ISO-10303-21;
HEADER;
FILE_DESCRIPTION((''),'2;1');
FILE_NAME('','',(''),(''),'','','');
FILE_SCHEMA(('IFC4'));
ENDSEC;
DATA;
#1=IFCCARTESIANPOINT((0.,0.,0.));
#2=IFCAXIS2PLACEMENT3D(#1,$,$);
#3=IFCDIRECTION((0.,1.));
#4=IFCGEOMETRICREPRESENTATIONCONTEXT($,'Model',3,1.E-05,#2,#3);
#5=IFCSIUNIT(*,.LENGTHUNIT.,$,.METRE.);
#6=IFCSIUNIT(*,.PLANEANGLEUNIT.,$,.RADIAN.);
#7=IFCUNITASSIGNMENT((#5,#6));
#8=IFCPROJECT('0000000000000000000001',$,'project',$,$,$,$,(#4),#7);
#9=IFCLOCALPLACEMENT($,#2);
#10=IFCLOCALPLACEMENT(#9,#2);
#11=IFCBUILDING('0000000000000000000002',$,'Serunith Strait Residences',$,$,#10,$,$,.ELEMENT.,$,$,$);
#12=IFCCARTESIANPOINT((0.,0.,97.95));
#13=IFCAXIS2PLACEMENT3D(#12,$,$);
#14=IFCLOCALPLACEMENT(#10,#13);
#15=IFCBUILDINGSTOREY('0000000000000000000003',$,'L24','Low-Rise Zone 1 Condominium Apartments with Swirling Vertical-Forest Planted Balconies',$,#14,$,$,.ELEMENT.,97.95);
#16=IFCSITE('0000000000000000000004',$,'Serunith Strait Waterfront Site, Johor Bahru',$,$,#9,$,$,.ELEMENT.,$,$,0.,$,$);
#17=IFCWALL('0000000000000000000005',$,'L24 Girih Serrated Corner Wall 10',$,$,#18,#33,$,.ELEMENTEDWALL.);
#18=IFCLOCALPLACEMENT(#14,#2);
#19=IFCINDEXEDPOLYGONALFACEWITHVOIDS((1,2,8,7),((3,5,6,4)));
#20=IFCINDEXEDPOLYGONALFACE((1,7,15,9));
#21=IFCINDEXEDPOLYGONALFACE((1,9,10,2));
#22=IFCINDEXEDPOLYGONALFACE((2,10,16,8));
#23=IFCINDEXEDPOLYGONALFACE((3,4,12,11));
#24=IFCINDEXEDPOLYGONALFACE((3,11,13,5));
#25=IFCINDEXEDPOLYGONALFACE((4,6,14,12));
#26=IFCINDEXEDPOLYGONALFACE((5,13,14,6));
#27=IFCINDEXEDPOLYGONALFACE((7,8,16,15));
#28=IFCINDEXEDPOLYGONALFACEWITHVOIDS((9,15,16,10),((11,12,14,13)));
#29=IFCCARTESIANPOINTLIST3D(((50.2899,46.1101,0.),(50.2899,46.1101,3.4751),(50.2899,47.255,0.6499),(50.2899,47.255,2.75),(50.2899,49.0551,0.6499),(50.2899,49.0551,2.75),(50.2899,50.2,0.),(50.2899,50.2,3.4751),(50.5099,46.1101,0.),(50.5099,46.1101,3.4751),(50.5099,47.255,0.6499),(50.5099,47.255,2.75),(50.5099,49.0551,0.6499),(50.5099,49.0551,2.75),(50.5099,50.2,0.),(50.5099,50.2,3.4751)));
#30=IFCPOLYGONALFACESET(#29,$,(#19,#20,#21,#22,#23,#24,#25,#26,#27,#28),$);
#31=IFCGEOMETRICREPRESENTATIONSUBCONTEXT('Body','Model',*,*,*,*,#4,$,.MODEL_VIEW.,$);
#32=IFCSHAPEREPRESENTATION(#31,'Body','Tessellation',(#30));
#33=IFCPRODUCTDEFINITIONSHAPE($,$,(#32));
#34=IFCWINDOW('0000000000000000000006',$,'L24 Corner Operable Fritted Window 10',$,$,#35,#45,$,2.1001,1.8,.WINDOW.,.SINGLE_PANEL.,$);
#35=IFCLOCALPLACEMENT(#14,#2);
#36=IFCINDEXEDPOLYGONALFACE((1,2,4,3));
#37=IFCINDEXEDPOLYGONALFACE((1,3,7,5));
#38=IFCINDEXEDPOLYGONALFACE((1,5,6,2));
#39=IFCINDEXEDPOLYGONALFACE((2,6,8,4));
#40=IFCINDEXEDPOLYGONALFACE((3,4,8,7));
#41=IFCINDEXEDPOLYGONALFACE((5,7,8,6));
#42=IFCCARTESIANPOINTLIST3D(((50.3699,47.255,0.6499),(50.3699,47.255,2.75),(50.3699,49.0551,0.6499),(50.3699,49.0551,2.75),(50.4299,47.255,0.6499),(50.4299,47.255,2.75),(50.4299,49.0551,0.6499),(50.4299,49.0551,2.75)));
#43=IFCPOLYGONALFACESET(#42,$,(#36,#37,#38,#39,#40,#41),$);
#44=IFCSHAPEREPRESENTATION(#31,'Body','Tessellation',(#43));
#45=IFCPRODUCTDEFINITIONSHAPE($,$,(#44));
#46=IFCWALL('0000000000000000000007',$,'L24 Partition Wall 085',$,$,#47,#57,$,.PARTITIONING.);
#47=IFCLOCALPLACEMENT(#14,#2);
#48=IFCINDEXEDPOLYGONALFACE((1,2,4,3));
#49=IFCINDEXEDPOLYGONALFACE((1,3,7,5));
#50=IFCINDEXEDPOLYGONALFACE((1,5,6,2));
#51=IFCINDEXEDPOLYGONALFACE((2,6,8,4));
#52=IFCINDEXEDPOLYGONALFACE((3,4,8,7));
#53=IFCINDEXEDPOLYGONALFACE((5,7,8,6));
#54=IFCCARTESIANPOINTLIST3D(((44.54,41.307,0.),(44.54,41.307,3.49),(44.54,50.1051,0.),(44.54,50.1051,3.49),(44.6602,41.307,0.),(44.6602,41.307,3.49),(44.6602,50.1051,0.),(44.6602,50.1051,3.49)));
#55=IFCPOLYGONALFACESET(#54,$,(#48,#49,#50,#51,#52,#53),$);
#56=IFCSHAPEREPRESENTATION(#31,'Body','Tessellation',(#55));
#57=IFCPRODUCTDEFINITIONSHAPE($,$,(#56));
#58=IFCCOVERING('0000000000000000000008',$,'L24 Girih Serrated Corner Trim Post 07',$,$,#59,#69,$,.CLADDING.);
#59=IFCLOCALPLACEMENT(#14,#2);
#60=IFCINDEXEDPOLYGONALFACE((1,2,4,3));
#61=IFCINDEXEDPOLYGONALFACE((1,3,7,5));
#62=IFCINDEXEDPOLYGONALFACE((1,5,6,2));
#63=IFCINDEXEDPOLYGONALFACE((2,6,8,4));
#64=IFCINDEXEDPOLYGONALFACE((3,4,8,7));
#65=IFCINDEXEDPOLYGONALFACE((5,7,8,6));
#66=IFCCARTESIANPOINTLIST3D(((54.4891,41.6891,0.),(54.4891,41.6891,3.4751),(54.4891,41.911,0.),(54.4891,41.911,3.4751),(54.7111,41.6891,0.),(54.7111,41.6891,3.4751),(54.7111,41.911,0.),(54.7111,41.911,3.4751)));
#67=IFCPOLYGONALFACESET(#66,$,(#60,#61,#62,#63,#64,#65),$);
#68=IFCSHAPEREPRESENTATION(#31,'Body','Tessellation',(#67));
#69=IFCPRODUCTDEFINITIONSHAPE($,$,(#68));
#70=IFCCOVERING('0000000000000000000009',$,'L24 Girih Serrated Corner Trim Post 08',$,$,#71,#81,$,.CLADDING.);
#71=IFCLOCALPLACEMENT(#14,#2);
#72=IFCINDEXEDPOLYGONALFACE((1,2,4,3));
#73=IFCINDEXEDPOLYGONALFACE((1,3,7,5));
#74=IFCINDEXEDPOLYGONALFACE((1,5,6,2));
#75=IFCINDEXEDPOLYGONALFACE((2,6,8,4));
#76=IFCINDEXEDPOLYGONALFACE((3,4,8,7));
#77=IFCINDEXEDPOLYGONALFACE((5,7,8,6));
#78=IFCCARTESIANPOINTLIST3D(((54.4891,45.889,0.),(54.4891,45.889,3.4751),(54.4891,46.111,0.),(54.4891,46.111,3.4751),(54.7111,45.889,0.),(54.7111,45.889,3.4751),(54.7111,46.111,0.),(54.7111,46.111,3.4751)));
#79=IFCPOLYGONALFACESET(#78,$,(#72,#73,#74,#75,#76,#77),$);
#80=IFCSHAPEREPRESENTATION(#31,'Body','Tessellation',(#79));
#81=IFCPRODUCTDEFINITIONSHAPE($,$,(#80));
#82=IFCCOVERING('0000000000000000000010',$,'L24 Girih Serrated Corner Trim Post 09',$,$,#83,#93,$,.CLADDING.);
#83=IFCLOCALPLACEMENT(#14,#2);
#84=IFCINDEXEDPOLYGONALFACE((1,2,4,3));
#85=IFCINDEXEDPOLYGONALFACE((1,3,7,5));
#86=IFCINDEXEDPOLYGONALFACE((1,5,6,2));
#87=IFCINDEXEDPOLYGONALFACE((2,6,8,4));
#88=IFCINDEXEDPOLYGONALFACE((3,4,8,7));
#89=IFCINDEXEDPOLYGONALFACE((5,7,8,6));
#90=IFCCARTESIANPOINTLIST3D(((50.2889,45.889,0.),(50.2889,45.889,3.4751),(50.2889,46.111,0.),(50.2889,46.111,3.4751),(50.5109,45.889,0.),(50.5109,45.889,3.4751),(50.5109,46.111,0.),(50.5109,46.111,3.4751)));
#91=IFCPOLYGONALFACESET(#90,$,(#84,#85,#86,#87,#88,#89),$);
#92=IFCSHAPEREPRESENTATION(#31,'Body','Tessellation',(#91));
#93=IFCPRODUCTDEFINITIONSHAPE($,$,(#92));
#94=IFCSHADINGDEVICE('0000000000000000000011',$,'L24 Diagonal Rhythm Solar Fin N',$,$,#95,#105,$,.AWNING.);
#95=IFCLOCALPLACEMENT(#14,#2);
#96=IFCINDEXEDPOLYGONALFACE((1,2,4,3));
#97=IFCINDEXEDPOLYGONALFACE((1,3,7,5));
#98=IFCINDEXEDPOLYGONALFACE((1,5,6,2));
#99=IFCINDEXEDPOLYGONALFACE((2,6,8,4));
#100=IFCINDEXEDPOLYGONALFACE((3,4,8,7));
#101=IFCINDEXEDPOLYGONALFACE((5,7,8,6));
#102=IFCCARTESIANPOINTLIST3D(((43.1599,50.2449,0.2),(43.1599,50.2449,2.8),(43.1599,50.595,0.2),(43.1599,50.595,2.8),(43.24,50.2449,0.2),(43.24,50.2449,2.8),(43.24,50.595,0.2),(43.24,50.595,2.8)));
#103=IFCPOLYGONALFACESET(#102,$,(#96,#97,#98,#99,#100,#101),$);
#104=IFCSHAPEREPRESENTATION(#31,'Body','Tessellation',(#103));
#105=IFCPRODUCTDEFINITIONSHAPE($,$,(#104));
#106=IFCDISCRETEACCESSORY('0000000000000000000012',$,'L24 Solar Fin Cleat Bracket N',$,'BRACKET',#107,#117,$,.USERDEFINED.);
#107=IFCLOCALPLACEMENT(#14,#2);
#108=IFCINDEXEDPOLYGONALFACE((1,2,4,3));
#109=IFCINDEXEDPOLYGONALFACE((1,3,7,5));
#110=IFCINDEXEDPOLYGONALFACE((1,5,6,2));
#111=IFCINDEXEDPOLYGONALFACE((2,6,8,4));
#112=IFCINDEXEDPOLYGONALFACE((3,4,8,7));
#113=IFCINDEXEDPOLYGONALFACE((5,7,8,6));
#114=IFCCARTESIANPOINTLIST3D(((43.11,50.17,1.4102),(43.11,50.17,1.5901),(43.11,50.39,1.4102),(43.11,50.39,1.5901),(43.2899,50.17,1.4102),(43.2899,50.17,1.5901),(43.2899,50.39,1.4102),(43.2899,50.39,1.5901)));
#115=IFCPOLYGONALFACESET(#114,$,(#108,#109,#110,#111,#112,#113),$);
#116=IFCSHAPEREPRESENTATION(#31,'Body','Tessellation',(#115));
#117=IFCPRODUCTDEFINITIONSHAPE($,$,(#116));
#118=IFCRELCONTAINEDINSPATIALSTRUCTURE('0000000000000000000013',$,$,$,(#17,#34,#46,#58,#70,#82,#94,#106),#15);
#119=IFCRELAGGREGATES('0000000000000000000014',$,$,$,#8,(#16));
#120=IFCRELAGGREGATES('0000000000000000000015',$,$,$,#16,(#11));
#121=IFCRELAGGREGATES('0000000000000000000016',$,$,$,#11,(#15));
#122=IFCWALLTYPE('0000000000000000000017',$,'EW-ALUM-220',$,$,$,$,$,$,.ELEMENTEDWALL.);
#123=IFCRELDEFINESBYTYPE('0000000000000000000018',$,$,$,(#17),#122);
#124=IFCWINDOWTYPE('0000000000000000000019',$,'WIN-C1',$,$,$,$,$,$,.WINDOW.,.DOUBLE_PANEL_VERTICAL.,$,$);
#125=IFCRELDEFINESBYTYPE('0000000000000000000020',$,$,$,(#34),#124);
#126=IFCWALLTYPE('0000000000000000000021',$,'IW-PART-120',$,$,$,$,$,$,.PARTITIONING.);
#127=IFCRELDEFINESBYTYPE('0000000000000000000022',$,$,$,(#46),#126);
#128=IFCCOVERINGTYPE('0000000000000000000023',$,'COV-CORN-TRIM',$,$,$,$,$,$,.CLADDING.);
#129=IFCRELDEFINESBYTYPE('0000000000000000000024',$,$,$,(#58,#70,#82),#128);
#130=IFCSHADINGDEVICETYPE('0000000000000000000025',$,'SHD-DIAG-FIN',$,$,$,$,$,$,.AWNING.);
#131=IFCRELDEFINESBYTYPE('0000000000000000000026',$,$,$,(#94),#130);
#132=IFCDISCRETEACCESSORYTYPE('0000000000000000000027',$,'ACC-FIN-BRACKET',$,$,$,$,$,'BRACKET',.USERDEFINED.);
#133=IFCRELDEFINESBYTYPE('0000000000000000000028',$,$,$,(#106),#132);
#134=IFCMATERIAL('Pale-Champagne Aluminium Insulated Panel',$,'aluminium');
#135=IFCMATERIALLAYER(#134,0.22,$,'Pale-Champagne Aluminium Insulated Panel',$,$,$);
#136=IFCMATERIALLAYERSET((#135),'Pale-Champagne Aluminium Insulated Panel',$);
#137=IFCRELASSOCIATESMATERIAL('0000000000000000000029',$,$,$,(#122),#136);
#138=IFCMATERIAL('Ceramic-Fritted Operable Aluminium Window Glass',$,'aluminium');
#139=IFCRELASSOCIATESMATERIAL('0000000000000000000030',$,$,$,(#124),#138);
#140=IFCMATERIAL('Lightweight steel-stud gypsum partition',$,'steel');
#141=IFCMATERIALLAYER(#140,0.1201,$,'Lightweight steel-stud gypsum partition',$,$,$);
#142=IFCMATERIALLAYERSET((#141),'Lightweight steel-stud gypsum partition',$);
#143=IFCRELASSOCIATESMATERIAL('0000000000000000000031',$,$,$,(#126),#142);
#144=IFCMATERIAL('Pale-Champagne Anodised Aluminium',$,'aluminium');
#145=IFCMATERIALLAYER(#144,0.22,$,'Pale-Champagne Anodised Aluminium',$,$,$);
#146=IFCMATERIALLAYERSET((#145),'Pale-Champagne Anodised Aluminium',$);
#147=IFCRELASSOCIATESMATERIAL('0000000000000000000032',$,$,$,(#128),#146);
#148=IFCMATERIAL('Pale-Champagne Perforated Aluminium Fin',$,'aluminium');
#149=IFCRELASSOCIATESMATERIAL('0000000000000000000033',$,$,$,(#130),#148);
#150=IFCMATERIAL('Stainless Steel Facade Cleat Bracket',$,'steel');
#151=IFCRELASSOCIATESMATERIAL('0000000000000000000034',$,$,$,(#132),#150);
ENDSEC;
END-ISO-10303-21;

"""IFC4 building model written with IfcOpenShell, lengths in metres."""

from ifc_helpers import new_model, si_unit, direction, frame, frame_2d, origin, origin_2d, place, context, subcontext, project, spatial, rectangle, extrude, source, transform, mapped, material, layer, layer_set, type_object, element, fill, save


model = new_model("IFC4")

# Units and contexts
model_context = context("Model", 3, precision=1e-05, world=origin(), true_north=direction((0.0, 1.0)))
body_context = subcontext(model_context, "Body", "Model", "MODEL_VIEW")
ifc_project = project(units=[si_unit("LENGTHUNIT", "METRE"), si_unit("PLANEANGLEUNIT", "RADIAN")], contexts=[model_context])

# Site, building, storey
site_placement = place(None, origin())
site = spatial("IfcSite", under=ifc_project, at=site_placement, Name="Serunith Strait Waterfront Site, Johor Bahru", CompositionType="ELEMENT", RefElevation=0.0)
building_placement = place(site_placement, origin())
building = spatial("IfcBuilding", under=site, at=building_placement, Name="Serunith Strait Residences", CompositionType="ELEMENT")
storey_placement = place(building_placement, frame((0.0, 0.0, 97.95)))
storey = spatial("IfcBuildingStorey", under=building, at=storey_placement, Name="L24", Description="Low-Rise Zone 1 Condominium Apartments with Swirling Vertical-Forest Planted Balconies", CompositionType="ELEMENT", Elevation=97.95)

# Shared definitions
ifc_material_1 = material(Name="Pale-Champagne Anodised Aluminium", Category="aluminium")

# Wall, opening, window
ifc_material_2 = material(Name="Pale-Champagne Aluminium Insulated Panel", Category="aluminium")
ifc_layer_1 = layer(ifc_material_2, 0.22, Name="Pale-Champagne Aluminium Insulated Panel")
ifc_layer_set_1 = layer_set([ifc_layer_1], Name="Pale-Champagne Aluminium Insulated Panel")
wall_type_1 = type_object("IfcWallType", Name="EW-ALUM-220", PredefinedType="ELEMENTEDWALL", material=ifc_layer_set_1)
ifc_material_3 = material(Name="Ceramic-Fritted Operable Aluminium Window Glass", Category="aluminium")
window_type = type_object("IfcWindowType", Name="WIN-C1", PartitioningType="DOUBLE_PANEL_VERTICAL", PredefinedType="WINDOW", material=ifc_material_3)
shared_shape_1 = source(origin(), body_context, "Body", "SweptSolid", [
    extrude(rectangle(XDim=1.8, YDim=2.1001, at=frame_2d((0.8999, 1.05))), frame((0.0, 0.03, 0.0), z_axis=(0.0, -1.0, 0.0), x_axis=(1.0, 0.0, 0.0)), (0.0, 0.0, 1.0), 0.0601),
])
wall_1_placement = place(storey_placement, frame((50.3999, 46.1101, 0.0), z_axis=(0.0, 0.0, 1.0), x_axis=(0.0, 1.0, 0.0)))
wall_1 = element("IfcWall", 1, at=wall_1_placement, inside=storey, type_object=wall_type_1, Name="L24 Girih Serrated Corner Wall 10", PredefinedType="ELEMENTEDWALL", context=body_context, shape_type="SweptSolid", body=[
    extrude(rectangle(XDim=4.0898, YDim=0.22, at=frame_2d((2.0449, 0.0))), origin(), (0.0, 0.0, 1.0), 3.4751),
])
opening_1_placement = place(wall_1_placement, frame((1.145, 0.0, 0.6499)))
opening_1 = element("IfcOpeningElement", 2, at=opening_1_placement, cuts=wall_1, PredefinedType="OPENING", context=body_context, shape_type="SweptSolid", body=[
    extrude(rectangle(XDim=1.8, YDim=2.1001, at=frame_2d((0.8999, 1.05))), frame((0.0, 0.1201, 0.0), z_axis=(0.0, -1.0, 0.0), x_axis=(1.0, 0.0, 0.0)), (0.0, 0.0, 1.0), 0.24),
])
window_1_placement = place(opening_1_placement, origin())
window_1 = element("IfcWindow", 3, at=window_1_placement, inside=storey, type_object=window_type, Name="L24 Corner Operable Fritted Window 10", OverallHeight=2.1001, OverallWidth=1.8, PartitioningType="SINGLE_PANEL", PredefinedType="WINDOW", context=body_context, shape_type="MappedRepresentation", body=[
    mapped(shared_shape_1, transform((0.0, 0.0, 0.0), scale=1.0)),
])
fill(opening_1, window_1)

# Wall
ifc_material_4 = material(Name="Lightweight steel-stud gypsum partition", Category="steel")
ifc_layer_2 = layer(ifc_material_4, 0.1201, Name="Lightweight steel-stud gypsum partition")
ifc_layer_set_2 = layer_set([ifc_layer_2], Name="Lightweight steel-stud gypsum partition")
wall_type_2 = type_object("IfcWallType", Name="IW-PART-120", PredefinedType="PARTITIONING", material=ifc_layer_set_2)
wall_2_placement = place(storey_placement, frame((44.6001, 50.105, 0.0), z_axis=(0.0, 0.0, 1.0), x_axis=(0.0, -1.0, 0.0)))
element("IfcWall", 4, at=wall_2_placement, inside=storey, type_object=wall_type_2, Name="L24 Partition Wall 085", PredefinedType="PARTITIONING", context=body_context, shape_type="SweptSolid", body=[
    extrude(rectangle(XDim=8.7981, YDim=0.1201, at=frame_2d((4.3989, 0.0))), origin(), (0.0, 0.0, 1.0), 3.49),
])

# Coverings
ifc_layer_3 = layer(ifc_material_1, 0.22, Name="Pale-Champagne Anodised Aluminium")
ifc_layer_set_3 = layer_set([ifc_layer_3], Name="Pale-Champagne Anodised Aluminium")
covering_type = type_object("IfcCoveringType", Name="COV-CORN-TRIM", PredefinedType="CLADDING", material=ifc_layer_set_3)
shared_shape_2 = source(origin(), body_context, "Body", "SweptSolid", [
    extrude(rectangle(XDim=0.2219, YDim=0.2219, at=origin_2d()), origin(), (0.0, 0.0, 1.0), 3.4751),
])
for number, where, z_axis, x_axis, name in (
    (5, (54.6001, 41.8, 0.0), (0.0, 0.0, 1.0), (1.0, 0.0, 0.0), "L24 Girih Serrated Corner Trim Post 07"),
    (6, (54.6001, 46.0, 0.0), (0.0, 0.0, 1.0), (1.0, 0.0, 0.0), "L24 Girih Serrated Corner Trim Post 08"),
    (7, (50.3999, 46.0, 0.0), (0.0, 0.0, 1.0), (1.0, 0.0, 0.0), "L24 Girih Serrated Corner Trim Post 09"),
):
    element("IfcCovering", number, at=place(storey_placement, frame(where, z_axis=z_axis, x_axis=x_axis)), inside=storey, type_object=covering_type, Name=name, PredefinedType="CLADDING", context=body_context, shape_type="MappedRepresentation", body=[
        mapped(shared_shape_2, transform((0.0, 0.0, 0.0), scale=1.0)),
    ])

# Shading device
ifc_material_5 = material(Name="Pale-Champagne Perforated Aluminium Fin", Category="aluminium")
shading_device_type = type_object("IfcShadingDeviceType", Name="SHD-DIAG-FIN", PredefinedType="AWNING", material=ifc_material_5)
shared_shape_3 = source(origin(), body_context, "Body", "SweptSolid", [
    extrude(rectangle(XDim=0.0801, YDim=0.3501, at=origin_2d()), origin(), (0.0, 0.0, 1.0), 2.6001),
])
shading_device_placement = place(storey_placement, frame((43.2, 50.4199, 0.2), z_axis=(0.0, 0.0, 1.0), x_axis=(1.0, 0.0, 0.0)))
element("IfcShadingDevice", 8, at=shading_device_placement, inside=storey, type_object=shading_device_type, Name="L24 Diagonal Rhythm Solar Fin N", PredefinedType="AWNING", context=body_context, shape_type="MappedRepresentation", body=[
    mapped(shared_shape_3, transform((0.0, 0.0, 0.0), scale=1.0)),
])

# Discrete accessory
ifc_material_6 = material(Name="Stainless Steel Facade Cleat Bracket", Category="steel")
discrete_accessory_type = type_object("IfcDiscreteAccessoryType", Name="ACC-FIN-BRACKET", ElementType="BRACKET", PredefinedType="USERDEFINED", material=ifc_material_6)
shared_shape_4 = source(origin(), body_context, "Body", "SweptSolid", [
    extrude(rectangle(XDim=0.1799, YDim=0.22, at=origin_2d()), origin(), (0.0, 0.0, 1.0), 0.1799),
])
discrete_accessory_placement = place(storey_placement, frame((43.2, 50.28, 1.4102), z_axis=(0.0, 0.0, 1.0), x_axis=(1.0, 0.0, 0.0)))
element("IfcDiscreteAccessory", 9, at=discrete_accessory_placement, inside=storey, type_object=discrete_accessory_type, Name="L24 Solar Fin Cleat Bracket N", ObjectType="BRACKET", PredefinedType="USERDEFINED", context=body_context, shape_type="MappedRepresentation", body=[
    mapped(shared_shape_4, transform((0.0, 0.0, 0.0), scale=1.0)),
])

save(model, "model.ifc")
